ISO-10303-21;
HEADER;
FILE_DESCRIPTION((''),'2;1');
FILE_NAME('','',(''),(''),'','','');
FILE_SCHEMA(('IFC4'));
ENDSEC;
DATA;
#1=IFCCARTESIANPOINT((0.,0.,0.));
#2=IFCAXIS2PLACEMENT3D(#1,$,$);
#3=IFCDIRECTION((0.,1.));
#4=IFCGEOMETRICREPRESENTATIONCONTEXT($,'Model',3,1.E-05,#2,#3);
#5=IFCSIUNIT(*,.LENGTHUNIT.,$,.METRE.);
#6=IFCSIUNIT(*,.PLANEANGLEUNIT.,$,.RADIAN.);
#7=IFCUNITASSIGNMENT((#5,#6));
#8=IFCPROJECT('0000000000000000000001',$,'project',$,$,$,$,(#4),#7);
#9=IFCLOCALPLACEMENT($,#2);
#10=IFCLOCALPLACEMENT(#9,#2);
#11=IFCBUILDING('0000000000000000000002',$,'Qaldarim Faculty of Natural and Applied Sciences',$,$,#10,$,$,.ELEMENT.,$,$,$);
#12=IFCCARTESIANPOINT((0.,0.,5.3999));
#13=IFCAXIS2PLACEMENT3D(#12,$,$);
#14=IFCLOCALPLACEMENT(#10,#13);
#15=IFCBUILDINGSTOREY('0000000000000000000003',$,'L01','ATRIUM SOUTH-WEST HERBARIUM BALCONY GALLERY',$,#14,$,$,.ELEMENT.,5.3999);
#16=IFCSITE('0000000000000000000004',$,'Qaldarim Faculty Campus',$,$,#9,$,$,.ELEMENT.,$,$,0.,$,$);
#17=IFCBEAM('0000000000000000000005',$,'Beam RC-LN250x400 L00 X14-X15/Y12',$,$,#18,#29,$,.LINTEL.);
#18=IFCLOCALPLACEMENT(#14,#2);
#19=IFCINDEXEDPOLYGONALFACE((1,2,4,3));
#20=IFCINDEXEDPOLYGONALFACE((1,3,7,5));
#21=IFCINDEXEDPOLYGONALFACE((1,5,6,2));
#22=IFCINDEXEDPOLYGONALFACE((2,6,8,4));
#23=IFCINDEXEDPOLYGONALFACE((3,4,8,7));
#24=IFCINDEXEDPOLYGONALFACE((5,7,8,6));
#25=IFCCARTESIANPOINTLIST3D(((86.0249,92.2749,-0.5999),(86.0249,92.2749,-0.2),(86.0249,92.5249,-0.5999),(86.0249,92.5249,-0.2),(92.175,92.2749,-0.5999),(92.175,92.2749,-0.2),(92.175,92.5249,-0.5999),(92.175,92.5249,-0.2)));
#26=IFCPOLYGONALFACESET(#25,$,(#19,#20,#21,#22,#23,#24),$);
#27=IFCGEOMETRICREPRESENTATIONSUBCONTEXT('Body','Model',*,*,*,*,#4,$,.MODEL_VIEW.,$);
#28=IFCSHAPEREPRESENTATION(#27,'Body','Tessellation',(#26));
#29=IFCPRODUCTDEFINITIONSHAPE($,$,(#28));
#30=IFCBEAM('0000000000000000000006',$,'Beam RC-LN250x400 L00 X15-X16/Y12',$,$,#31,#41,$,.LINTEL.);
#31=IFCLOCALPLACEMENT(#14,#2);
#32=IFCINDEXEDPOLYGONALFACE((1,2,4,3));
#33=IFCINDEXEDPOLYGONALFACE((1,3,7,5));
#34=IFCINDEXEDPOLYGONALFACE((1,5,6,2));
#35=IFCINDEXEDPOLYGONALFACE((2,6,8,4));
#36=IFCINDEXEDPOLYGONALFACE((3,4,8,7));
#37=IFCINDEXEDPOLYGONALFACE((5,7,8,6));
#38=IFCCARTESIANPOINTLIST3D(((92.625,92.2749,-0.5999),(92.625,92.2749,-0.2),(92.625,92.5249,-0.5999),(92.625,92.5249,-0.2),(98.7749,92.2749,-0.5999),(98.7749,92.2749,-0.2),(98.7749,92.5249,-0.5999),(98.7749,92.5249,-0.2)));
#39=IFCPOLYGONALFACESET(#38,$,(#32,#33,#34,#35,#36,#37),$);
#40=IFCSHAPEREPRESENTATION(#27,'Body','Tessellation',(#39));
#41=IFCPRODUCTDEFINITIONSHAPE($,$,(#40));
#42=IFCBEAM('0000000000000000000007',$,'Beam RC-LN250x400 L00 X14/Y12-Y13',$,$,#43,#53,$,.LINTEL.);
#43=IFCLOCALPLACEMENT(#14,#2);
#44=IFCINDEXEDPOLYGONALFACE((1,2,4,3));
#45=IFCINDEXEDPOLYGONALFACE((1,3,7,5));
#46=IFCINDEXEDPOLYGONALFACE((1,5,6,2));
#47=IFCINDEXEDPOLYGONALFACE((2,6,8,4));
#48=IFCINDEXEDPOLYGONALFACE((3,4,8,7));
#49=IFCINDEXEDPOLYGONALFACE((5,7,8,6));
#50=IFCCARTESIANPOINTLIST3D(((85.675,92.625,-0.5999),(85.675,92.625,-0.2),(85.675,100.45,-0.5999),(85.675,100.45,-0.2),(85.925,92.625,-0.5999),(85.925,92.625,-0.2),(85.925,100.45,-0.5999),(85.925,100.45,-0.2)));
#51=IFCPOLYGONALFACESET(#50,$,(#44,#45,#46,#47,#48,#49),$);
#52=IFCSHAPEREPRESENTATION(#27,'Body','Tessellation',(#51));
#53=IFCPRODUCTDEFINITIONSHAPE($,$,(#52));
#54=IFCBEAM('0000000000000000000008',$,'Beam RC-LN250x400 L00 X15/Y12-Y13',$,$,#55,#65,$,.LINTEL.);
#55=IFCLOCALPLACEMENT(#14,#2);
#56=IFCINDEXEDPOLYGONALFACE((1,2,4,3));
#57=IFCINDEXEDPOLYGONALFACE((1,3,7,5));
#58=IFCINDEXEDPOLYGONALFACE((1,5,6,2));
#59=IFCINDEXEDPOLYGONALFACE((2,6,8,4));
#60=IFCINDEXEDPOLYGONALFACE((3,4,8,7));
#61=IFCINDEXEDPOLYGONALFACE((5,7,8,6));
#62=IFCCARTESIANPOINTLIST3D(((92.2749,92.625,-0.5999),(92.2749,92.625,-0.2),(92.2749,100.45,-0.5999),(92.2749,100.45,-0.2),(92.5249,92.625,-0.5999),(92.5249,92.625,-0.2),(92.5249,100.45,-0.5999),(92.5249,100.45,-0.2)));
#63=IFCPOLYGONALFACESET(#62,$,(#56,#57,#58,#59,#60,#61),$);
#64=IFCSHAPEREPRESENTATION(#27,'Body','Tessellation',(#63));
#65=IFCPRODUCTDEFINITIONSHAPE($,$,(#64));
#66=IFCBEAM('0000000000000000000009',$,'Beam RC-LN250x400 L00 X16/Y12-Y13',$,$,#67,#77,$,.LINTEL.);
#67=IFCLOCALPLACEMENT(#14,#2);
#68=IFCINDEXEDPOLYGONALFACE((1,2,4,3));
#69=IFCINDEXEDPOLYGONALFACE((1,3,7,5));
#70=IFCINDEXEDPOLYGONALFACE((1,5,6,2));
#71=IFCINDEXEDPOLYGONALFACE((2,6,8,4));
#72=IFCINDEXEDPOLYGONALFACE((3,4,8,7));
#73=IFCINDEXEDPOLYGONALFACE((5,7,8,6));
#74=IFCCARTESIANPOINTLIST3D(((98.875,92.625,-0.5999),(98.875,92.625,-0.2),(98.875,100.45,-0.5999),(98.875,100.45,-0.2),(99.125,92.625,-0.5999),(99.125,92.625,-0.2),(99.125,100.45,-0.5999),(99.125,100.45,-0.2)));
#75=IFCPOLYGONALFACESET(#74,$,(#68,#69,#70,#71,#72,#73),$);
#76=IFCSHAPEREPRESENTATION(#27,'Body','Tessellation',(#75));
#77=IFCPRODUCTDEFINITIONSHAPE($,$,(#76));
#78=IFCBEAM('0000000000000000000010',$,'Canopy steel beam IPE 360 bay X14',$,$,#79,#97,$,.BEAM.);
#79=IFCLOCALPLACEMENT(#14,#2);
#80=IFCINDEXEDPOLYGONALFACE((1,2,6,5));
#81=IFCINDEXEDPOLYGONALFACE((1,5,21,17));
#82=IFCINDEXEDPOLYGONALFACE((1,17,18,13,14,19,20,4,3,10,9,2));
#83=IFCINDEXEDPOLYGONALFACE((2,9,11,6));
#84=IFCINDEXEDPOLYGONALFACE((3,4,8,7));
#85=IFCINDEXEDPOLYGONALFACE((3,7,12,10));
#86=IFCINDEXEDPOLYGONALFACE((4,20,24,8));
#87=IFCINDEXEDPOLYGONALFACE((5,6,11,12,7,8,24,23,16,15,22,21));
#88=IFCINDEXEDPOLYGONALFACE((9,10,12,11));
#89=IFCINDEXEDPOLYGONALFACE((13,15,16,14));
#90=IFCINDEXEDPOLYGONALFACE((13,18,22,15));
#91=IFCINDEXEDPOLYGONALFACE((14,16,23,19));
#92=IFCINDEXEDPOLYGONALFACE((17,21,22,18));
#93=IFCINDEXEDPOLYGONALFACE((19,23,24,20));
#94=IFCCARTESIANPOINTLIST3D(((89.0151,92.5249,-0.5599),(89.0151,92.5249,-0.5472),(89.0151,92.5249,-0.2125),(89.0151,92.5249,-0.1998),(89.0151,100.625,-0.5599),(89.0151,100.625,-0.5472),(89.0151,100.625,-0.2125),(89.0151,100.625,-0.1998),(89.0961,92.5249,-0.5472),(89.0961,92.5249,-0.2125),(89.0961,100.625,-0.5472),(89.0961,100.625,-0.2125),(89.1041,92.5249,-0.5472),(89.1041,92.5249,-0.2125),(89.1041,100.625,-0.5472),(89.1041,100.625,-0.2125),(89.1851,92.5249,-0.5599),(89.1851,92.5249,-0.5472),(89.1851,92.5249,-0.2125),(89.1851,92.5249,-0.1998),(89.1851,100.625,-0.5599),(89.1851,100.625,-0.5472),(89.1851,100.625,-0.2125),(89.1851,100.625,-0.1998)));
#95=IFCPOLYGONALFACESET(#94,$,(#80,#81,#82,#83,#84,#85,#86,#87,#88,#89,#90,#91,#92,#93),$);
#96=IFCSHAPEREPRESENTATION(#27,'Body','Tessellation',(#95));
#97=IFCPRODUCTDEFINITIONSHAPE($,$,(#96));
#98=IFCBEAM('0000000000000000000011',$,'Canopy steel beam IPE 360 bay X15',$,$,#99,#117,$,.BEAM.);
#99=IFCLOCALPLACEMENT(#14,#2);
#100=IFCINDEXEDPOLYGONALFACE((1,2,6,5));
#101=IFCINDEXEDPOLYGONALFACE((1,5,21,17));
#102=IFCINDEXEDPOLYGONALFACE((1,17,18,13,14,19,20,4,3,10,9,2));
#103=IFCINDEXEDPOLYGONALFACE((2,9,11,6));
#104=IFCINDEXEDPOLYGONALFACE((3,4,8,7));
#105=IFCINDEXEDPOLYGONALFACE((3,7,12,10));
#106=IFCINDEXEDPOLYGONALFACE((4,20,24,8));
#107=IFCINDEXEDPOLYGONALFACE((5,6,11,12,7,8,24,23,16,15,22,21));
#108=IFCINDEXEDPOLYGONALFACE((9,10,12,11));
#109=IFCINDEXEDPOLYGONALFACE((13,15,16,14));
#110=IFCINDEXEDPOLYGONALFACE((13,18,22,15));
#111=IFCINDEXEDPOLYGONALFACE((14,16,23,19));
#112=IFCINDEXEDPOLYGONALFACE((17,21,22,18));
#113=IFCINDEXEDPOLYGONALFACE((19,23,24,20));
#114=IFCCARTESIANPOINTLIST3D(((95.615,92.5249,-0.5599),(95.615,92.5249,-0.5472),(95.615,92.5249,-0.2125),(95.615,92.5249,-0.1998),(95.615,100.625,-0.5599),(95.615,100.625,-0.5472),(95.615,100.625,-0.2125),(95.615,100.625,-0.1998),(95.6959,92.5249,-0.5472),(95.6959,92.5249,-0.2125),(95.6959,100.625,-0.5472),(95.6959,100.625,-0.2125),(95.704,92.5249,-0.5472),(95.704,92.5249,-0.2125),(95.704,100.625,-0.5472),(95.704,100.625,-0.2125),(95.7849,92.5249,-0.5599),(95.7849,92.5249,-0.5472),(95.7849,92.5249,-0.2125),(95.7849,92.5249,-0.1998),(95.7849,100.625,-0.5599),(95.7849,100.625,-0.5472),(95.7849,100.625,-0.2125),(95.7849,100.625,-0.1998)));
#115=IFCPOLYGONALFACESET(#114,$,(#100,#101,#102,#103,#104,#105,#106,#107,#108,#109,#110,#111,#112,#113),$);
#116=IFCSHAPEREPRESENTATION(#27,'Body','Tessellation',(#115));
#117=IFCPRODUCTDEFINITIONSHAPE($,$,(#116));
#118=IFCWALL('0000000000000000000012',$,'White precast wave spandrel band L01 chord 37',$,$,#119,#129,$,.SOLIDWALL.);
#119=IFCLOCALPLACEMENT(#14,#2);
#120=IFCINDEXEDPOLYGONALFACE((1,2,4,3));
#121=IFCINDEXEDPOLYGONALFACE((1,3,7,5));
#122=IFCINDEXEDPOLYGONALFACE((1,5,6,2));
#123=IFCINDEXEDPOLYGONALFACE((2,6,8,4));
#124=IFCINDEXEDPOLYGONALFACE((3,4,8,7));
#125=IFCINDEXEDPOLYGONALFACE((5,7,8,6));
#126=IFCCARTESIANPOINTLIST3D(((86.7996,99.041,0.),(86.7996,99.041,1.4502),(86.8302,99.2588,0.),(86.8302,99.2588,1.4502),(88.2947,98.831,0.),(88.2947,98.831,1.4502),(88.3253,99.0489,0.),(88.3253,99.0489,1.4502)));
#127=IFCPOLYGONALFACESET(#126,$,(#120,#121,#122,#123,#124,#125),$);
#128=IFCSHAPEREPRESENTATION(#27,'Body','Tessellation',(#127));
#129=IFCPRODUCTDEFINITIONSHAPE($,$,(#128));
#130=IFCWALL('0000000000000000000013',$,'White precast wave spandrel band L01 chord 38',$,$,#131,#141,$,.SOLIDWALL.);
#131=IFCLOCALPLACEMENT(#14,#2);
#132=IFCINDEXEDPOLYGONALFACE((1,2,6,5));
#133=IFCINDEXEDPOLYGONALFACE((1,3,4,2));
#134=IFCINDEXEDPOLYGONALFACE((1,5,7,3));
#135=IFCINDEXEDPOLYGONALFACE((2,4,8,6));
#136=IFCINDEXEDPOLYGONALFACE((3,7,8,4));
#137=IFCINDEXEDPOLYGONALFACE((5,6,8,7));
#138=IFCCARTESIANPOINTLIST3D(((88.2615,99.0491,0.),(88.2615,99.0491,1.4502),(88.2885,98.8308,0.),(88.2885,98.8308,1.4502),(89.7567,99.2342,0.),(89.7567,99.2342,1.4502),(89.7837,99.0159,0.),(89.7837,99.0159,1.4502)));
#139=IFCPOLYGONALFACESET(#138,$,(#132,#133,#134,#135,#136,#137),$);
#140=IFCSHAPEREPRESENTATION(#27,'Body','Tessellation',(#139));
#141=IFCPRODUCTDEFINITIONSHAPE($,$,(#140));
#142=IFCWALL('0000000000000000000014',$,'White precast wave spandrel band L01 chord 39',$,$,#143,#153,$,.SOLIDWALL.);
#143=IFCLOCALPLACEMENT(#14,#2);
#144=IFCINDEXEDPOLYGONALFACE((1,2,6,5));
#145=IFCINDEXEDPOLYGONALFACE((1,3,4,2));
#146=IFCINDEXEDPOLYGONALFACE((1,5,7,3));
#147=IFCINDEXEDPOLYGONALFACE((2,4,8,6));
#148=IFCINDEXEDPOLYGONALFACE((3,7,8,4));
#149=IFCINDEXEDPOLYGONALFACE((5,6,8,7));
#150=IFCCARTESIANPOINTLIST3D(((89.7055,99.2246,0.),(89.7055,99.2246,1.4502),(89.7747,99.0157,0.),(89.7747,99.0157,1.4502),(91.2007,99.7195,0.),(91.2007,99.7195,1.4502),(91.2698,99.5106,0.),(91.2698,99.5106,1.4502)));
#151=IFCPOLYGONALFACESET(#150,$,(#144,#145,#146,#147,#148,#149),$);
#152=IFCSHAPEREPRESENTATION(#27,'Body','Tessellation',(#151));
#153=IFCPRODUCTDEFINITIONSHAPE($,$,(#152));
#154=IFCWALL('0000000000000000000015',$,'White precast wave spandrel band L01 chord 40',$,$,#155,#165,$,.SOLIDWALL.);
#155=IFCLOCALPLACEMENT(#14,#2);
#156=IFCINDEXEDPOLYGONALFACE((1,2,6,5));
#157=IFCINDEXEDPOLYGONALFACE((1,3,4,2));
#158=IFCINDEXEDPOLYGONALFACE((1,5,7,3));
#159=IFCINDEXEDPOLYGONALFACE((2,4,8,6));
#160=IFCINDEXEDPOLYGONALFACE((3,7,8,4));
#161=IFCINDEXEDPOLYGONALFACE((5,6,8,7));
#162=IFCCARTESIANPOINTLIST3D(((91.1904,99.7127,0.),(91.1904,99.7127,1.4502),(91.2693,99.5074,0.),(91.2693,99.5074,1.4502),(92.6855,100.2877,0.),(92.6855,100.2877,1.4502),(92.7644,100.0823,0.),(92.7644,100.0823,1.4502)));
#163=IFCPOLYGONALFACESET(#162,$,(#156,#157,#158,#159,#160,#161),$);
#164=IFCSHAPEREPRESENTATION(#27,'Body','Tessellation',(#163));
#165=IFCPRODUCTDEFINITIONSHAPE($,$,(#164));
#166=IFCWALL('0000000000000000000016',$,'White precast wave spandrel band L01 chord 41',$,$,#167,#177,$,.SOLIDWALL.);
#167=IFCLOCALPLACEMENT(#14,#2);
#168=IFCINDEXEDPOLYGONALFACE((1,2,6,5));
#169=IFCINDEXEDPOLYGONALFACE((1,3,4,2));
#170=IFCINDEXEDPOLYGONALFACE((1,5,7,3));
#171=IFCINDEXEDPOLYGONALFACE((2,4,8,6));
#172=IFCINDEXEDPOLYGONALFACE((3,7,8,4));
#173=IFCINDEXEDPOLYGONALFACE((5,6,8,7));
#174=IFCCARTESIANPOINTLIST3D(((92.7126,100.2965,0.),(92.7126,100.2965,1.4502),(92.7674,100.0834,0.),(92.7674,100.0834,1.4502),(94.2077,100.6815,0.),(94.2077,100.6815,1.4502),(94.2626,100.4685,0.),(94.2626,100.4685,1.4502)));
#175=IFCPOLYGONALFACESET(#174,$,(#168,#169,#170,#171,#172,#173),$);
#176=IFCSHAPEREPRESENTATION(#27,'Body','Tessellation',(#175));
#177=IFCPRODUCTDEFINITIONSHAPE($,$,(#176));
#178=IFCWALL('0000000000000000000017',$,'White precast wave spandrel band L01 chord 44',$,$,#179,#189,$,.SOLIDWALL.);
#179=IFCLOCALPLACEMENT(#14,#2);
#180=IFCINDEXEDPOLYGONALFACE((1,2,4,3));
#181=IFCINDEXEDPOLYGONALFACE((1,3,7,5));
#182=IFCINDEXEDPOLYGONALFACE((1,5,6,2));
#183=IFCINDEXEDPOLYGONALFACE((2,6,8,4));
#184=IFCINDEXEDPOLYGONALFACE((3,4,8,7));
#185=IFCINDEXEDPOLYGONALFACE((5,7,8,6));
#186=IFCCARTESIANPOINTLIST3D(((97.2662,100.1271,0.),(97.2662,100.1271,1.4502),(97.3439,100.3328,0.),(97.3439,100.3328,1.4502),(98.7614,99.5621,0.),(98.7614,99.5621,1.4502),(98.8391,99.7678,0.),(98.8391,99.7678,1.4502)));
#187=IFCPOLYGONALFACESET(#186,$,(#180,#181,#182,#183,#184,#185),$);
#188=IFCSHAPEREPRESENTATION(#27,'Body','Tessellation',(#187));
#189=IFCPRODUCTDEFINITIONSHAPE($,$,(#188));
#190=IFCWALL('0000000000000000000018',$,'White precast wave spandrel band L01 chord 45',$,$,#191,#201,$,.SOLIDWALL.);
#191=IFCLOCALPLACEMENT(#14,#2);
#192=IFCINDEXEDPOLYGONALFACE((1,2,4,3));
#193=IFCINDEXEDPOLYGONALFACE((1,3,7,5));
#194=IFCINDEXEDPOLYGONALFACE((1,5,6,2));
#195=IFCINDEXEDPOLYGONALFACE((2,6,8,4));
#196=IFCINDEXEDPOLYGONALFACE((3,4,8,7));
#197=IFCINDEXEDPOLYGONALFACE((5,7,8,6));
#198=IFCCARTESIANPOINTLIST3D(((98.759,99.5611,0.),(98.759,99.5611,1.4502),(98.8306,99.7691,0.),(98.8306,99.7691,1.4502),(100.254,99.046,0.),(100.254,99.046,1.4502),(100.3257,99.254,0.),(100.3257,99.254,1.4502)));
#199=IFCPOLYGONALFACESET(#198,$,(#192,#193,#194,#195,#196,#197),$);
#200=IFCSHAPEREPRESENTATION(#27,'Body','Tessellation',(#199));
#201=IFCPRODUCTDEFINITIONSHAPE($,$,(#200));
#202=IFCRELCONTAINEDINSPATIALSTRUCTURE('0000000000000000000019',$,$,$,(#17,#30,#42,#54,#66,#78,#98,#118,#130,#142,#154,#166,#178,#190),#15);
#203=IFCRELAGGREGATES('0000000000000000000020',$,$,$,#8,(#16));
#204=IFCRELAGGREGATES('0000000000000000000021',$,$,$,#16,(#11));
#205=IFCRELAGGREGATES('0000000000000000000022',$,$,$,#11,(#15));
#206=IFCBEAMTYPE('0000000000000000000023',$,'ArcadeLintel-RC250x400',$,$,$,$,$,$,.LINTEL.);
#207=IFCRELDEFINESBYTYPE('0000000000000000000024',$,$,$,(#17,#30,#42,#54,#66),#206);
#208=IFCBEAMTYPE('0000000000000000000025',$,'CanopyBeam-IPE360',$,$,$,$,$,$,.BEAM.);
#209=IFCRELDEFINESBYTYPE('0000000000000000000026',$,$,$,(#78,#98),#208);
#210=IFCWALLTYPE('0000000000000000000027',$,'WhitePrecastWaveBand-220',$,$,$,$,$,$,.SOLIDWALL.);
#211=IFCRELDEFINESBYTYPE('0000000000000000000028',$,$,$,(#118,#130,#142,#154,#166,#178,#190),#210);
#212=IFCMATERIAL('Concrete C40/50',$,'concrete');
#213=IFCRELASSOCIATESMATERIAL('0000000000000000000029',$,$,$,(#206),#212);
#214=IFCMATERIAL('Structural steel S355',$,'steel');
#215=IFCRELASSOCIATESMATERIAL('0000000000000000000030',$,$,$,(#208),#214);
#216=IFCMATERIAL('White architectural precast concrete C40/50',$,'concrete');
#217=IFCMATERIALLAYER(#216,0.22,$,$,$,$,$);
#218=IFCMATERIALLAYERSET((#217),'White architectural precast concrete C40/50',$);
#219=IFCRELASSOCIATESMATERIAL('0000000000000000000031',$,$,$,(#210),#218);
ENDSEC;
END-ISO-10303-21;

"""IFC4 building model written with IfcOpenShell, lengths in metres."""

from ifc_helpers import new_model, si_unit, direction, frame, frame_2d, origin, origin_2d, place, context, subcontext, project, spatial, rectangle, i_section, extrude, material, layer, layer_set, material_profile, profile_set, type_object, element, save


model = new_model("IFC4")

# Units and contexts
model_context = context("Model", 3, precision=1e-05, world=origin(), true_north=direction((0.0, 1.0)))
body_context = subcontext(model_context, "Body", "Model", "MODEL_VIEW")
ifc_project = project(units=[si_unit("LENGTHUNIT", "METRE"), si_unit("PLANEANGLEUNIT", "RADIAN")], contexts=[model_context])

# Site, building, storey
site_placement = place(None, origin())
site = spatial("IfcSite", under=ifc_project, at=site_placement, Name="Qaldarim Faculty Campus", CompositionType="ELEMENT", RefElevation=0.0)
building_placement = place(site_placement, origin())
building = spatial("IfcBuilding", under=site, at=building_placement, Name="Qaldarim Faculty of Natural and Applied Sciences", CompositionType="ELEMENT")
storey_placement = place(building_placement, frame((0.0, 0.0, 5.3999)))
storey = spatial("IfcBuildingStorey", under=building, at=storey_placement, Name="L01", Description="ATRIUM SOUTH-WEST HERBARIUM BALCONY GALLERY", CompositionType="ELEMENT", Elevation=5.3999)

# Beams
ifc_material_1 = material(Name="Concrete C40/50", Category="concrete")
ifc_material_profile_1 = material_profile(ifc_material_1, rectangle(XDim=0.25, YDim=0.3999, at=origin_2d()), Name="RC-LN250x400")
ifc_profile_set_1 = profile_set([ifc_material_profile_1], Name="Concrete C40/50")
beam_type_1 = type_object("IfcBeamType", Name="ArcadeLintel-RC250x400", PredefinedType="LINTEL", material=ifc_profile_set_1)
beam_1_placement = place(storey_placement, frame((86.0249, 92.3999, -0.3999), z_axis=(1.0, 0.0, 0.0), x_axis=(0.0, 1.0, 0.0)))
element("IfcBeam", 1, at=beam_1_placement, inside=storey, type_object=beam_type_1, Name="Beam RC-LN250x400 L00 X14-X15/Y12", PredefinedType="LINTEL", context=body_context, shape_type="SweptSolid", body=[
    extrude(rectangle(XDim=0.25, YDim=0.3999, at=origin_2d()), origin(), (0.0, 0.0, 1.0), 6.1501),
])
beam_2_placement = place(storey_placement, frame((92.625, 92.3999, -0.3999), z_axis=(1.0, 0.0, 0.0), x_axis=(0.0, 1.0, 0.0)))
element("IfcBeam", 2, at=beam_2_placement, inside=storey, type_object=beam_type_1, Name="Beam RC-LN250x400 L00 X15-X16/Y12", PredefinedType="LINTEL", context=body_context, shape_type="SweptSolid", body=[
    extrude(rectangle(XDim=0.25, YDim=0.3999, at=origin_2d()), origin(), (0.0, 0.0, 1.0), 6.1499),
])
for number, where, z_axis, x_axis, name in (
    (3, (85.8, 92.625, -0.3999), (0.0, 1.0, 0.0), (-1.0, 0.0, 0.0), "Beam RC-LN250x400 L00 X14/Y12-Y13"),
    (4, (92.3999, 92.625, -0.3999), (0.0, 1.0, 0.0), (-1.0, 0.0, 0.0), "Beam RC-LN250x400 L00 X15/Y12-Y13"),
    (5, (99.0, 92.625, -0.3999), (0.0, 1.0, 0.0), (-1.0, 0.0, 0.0), "Beam RC-LN250x400 L00 X16/Y12-Y13"),
):
    element("IfcBeam", number, at=place(storey_placement, frame(where, z_axis=z_axis, x_axis=x_axis)), inside=storey, type_object=beam_type_1, Name=name, PredefinedType="LINTEL", context=body_context, shape_type="SweptSolid", body=[
        extrude(rectangle(XDim=0.25, YDim=0.3999, at=origin_2d()), origin(), (0.0, 0.0, 1.0), 7.825),
    ])
ifc_material_2 = material(Name="Structural steel S355", Category="steel")
ifc_material_profile_2 = material_profile(ifc_material_2, i_section(OverallWidth=0.1699, OverallDepth=0.3601, WebThickness=0.0081, FlangeThickness=0.0127, at=origin_2d()), Name="IPE 360")
ifc_profile_set_2 = profile_set([ifc_material_profile_2], Name="Structural steel S355")
beam_type_2 = type_object("IfcBeamType", Name="CanopyBeam-IPE360", PredefinedType="BEAM", material=ifc_profile_set_2)
for number, where, z_axis, x_axis, name in (
    (6, (89.1001, 92.5249, -0.3799), (0.0, 1.0, 0.0), (-1.0, 0.0, 0.0), "Canopy steel beam IPE 360 bay X14"),
    (7, (95.7, 92.5249, -0.3799), (0.0, 1.0, 0.0), (-1.0, 0.0, 0.0), "Canopy steel beam IPE 360 bay X15"),
):
    element("IfcBeam", number, at=place(storey_placement, frame(where, z_axis=z_axis, x_axis=x_axis)), inside=storey, type_object=beam_type_2, Name=name, PredefinedType="BEAM", context=body_context, shape_type="SweptSolid", body=[
        extrude(i_section(OverallWidth=0.1699, OverallDepth=0.3601, WebThickness=0.0081, FlangeThickness=0.0127, at=origin_2d()), origin(), (0.0, 0.0, 1.0), 8.1001),
    ])

# Walls
ifc_material_3 = material(Name="White architectural precast concrete C40/50", Category="concrete")
ifc_layer_1 = layer(ifc_material_3, 0.22)
ifc_layer_set_1 = layer_set([ifc_layer_1], Name="White architectural precast concrete C40/50")
wall_type = type_object("IfcWallType", Name="WhitePrecastWaveBand-220", PredefinedType="SOLIDWALL", material=ifc_layer_set_1)
wall_1_placement = place(storey_placement, frame((86.8149, 99.1499, 0.0), z_axis=(0.0, 0.0, 1.0), x_axis=(0.990283, -0.139067, 0.0)))
element("IfcWall", 8, at=wall_1_placement, inside=storey, type_object=wall_type, Name="White precast wave spandrel band L01 chord 37", PredefinedType="SOLIDWALL", context=body_context, shape_type="SweptSolid", body=[
    extrude(rectangle(XDim=1.5098, YDim=0.22, at=frame_2d((0.7549, 0.0))), origin(), (0.0, 0.0, 1.0), 1.4502),
])
wall_2_placement = place(storey_placement, frame((88.2749, 98.9399, 0.0), z_axis=(0.0, 0.0, 1.0), x_axis=(0.992427, 0.122838, 0.0)))
element("IfcWall", 9, at=wall_2_placement, inside=storey, type_object=wall_type, Name="White precast wave spandrel band L01 chord 38", PredefinedType="SOLIDWALL", context=body_context, shape_type="SweptSolid", body=[
    extrude(rectangle(XDim=1.5066, YDim=0.22, at=frame_2d((0.7534, 0.0))), origin(), (0.0, 0.0, 1.0), 1.4502),
])
wall_3_placement = place(storey_placement, frame((89.74, 99.1201, 0.0), z_axis=(0.0, 0.0, 1.0), x_axis=(0.949348, 0.314227, 0.0)))
element("IfcWall", 10, at=wall_3_placement, inside=storey, type_object=wall_type, Name="White precast wave spandrel band L01 chord 39", PredefinedType="SOLIDWALL", context=body_context, shape_type="SweptSolid", body=[
    extrude(rectangle(XDim=1.575, YDim=0.22, at=frame_2d((0.7876, 0.0))), origin(), (0.0, 0.0, 1.0), 1.4502),
])
wall_4_placement = place(storey_placement, frame((91.23, 99.6101, 0.0), z_axis=(0.0, 0.0, 1.0), x_axis=(0.933365, 0.358928, 0.0)))
element("IfcWall", 11, at=wall_4_placement, inside=storey, type_object=wall_type, Name="White precast wave spandrel band L01 chord 40", PredefinedType="SOLIDWALL", context=body_context, shape_type="SweptSolid", body=[
    extrude(rectangle(XDim=1.6018, YDim=0.22, at=frame_2d((0.8008, 0.0))), origin(), (0.0, 0.0, 1.0), 1.4502),
])
wall_5_placement = place(storey_placement, frame((92.74, 100.1899, 0.0), z_axis=(0.0, 0.0, 1.0), x_axis=(0.968407, 0.249376, 0.0)))
element("IfcWall", 12, at=wall_5_placement, inside=storey, type_object=wall_type, Name="White precast wave spandrel band L01 chord 41", PredefinedType="SOLIDWALL", context=body_context, shape_type="SweptSolid", body=[
    extrude(rectangle(XDim=1.5439, YDim=0.22, at=frame_2d((0.772, 0.0))), origin(), (0.0, 0.0, 1.0), 1.4502),
])
wall_6_placement = place(storey_placement, frame((97.3049, 100.23, 0.0), z_axis=(0.0, 0.0, 1.0), x_axis=(0.935447, -0.353466, 0.0)))
element("IfcWall", 13, at=wall_6_placement, inside=storey, type_object=wall_type, Name="White precast wave spandrel band L01 chord 44", PredefinedType="SOLIDWALL", context=body_context, shape_type="SweptSolid", body=[
    extrude(rectangle(XDim=1.5984, YDim=0.22, at=frame_2d((0.7993, 0.0))), origin(), (0.0, 0.0, 1.0), 1.4502),
])
wall_7_placement = place(storey_placement, frame((98.7949, 99.665, 0.0), z_axis=(0.0, 0.0, 1.0), x_axis=(0.945455, -0.325753, 0.0)))
element("IfcWall", 14, at=wall_7_placement, inside=storey, type_object=wall_type, Name="White precast wave spandrel band L01 chord 45", PredefinedType="SOLIDWALL", context=body_context, shape_type="SweptSolid", body=[
    extrude(rectangle(XDim=1.5813, YDim=0.22, at=frame_2d((0.7905, 0.0))), origin(), (0.0, 0.0, 1.0), 1.4502),
])

save(model, "model.ifc")
